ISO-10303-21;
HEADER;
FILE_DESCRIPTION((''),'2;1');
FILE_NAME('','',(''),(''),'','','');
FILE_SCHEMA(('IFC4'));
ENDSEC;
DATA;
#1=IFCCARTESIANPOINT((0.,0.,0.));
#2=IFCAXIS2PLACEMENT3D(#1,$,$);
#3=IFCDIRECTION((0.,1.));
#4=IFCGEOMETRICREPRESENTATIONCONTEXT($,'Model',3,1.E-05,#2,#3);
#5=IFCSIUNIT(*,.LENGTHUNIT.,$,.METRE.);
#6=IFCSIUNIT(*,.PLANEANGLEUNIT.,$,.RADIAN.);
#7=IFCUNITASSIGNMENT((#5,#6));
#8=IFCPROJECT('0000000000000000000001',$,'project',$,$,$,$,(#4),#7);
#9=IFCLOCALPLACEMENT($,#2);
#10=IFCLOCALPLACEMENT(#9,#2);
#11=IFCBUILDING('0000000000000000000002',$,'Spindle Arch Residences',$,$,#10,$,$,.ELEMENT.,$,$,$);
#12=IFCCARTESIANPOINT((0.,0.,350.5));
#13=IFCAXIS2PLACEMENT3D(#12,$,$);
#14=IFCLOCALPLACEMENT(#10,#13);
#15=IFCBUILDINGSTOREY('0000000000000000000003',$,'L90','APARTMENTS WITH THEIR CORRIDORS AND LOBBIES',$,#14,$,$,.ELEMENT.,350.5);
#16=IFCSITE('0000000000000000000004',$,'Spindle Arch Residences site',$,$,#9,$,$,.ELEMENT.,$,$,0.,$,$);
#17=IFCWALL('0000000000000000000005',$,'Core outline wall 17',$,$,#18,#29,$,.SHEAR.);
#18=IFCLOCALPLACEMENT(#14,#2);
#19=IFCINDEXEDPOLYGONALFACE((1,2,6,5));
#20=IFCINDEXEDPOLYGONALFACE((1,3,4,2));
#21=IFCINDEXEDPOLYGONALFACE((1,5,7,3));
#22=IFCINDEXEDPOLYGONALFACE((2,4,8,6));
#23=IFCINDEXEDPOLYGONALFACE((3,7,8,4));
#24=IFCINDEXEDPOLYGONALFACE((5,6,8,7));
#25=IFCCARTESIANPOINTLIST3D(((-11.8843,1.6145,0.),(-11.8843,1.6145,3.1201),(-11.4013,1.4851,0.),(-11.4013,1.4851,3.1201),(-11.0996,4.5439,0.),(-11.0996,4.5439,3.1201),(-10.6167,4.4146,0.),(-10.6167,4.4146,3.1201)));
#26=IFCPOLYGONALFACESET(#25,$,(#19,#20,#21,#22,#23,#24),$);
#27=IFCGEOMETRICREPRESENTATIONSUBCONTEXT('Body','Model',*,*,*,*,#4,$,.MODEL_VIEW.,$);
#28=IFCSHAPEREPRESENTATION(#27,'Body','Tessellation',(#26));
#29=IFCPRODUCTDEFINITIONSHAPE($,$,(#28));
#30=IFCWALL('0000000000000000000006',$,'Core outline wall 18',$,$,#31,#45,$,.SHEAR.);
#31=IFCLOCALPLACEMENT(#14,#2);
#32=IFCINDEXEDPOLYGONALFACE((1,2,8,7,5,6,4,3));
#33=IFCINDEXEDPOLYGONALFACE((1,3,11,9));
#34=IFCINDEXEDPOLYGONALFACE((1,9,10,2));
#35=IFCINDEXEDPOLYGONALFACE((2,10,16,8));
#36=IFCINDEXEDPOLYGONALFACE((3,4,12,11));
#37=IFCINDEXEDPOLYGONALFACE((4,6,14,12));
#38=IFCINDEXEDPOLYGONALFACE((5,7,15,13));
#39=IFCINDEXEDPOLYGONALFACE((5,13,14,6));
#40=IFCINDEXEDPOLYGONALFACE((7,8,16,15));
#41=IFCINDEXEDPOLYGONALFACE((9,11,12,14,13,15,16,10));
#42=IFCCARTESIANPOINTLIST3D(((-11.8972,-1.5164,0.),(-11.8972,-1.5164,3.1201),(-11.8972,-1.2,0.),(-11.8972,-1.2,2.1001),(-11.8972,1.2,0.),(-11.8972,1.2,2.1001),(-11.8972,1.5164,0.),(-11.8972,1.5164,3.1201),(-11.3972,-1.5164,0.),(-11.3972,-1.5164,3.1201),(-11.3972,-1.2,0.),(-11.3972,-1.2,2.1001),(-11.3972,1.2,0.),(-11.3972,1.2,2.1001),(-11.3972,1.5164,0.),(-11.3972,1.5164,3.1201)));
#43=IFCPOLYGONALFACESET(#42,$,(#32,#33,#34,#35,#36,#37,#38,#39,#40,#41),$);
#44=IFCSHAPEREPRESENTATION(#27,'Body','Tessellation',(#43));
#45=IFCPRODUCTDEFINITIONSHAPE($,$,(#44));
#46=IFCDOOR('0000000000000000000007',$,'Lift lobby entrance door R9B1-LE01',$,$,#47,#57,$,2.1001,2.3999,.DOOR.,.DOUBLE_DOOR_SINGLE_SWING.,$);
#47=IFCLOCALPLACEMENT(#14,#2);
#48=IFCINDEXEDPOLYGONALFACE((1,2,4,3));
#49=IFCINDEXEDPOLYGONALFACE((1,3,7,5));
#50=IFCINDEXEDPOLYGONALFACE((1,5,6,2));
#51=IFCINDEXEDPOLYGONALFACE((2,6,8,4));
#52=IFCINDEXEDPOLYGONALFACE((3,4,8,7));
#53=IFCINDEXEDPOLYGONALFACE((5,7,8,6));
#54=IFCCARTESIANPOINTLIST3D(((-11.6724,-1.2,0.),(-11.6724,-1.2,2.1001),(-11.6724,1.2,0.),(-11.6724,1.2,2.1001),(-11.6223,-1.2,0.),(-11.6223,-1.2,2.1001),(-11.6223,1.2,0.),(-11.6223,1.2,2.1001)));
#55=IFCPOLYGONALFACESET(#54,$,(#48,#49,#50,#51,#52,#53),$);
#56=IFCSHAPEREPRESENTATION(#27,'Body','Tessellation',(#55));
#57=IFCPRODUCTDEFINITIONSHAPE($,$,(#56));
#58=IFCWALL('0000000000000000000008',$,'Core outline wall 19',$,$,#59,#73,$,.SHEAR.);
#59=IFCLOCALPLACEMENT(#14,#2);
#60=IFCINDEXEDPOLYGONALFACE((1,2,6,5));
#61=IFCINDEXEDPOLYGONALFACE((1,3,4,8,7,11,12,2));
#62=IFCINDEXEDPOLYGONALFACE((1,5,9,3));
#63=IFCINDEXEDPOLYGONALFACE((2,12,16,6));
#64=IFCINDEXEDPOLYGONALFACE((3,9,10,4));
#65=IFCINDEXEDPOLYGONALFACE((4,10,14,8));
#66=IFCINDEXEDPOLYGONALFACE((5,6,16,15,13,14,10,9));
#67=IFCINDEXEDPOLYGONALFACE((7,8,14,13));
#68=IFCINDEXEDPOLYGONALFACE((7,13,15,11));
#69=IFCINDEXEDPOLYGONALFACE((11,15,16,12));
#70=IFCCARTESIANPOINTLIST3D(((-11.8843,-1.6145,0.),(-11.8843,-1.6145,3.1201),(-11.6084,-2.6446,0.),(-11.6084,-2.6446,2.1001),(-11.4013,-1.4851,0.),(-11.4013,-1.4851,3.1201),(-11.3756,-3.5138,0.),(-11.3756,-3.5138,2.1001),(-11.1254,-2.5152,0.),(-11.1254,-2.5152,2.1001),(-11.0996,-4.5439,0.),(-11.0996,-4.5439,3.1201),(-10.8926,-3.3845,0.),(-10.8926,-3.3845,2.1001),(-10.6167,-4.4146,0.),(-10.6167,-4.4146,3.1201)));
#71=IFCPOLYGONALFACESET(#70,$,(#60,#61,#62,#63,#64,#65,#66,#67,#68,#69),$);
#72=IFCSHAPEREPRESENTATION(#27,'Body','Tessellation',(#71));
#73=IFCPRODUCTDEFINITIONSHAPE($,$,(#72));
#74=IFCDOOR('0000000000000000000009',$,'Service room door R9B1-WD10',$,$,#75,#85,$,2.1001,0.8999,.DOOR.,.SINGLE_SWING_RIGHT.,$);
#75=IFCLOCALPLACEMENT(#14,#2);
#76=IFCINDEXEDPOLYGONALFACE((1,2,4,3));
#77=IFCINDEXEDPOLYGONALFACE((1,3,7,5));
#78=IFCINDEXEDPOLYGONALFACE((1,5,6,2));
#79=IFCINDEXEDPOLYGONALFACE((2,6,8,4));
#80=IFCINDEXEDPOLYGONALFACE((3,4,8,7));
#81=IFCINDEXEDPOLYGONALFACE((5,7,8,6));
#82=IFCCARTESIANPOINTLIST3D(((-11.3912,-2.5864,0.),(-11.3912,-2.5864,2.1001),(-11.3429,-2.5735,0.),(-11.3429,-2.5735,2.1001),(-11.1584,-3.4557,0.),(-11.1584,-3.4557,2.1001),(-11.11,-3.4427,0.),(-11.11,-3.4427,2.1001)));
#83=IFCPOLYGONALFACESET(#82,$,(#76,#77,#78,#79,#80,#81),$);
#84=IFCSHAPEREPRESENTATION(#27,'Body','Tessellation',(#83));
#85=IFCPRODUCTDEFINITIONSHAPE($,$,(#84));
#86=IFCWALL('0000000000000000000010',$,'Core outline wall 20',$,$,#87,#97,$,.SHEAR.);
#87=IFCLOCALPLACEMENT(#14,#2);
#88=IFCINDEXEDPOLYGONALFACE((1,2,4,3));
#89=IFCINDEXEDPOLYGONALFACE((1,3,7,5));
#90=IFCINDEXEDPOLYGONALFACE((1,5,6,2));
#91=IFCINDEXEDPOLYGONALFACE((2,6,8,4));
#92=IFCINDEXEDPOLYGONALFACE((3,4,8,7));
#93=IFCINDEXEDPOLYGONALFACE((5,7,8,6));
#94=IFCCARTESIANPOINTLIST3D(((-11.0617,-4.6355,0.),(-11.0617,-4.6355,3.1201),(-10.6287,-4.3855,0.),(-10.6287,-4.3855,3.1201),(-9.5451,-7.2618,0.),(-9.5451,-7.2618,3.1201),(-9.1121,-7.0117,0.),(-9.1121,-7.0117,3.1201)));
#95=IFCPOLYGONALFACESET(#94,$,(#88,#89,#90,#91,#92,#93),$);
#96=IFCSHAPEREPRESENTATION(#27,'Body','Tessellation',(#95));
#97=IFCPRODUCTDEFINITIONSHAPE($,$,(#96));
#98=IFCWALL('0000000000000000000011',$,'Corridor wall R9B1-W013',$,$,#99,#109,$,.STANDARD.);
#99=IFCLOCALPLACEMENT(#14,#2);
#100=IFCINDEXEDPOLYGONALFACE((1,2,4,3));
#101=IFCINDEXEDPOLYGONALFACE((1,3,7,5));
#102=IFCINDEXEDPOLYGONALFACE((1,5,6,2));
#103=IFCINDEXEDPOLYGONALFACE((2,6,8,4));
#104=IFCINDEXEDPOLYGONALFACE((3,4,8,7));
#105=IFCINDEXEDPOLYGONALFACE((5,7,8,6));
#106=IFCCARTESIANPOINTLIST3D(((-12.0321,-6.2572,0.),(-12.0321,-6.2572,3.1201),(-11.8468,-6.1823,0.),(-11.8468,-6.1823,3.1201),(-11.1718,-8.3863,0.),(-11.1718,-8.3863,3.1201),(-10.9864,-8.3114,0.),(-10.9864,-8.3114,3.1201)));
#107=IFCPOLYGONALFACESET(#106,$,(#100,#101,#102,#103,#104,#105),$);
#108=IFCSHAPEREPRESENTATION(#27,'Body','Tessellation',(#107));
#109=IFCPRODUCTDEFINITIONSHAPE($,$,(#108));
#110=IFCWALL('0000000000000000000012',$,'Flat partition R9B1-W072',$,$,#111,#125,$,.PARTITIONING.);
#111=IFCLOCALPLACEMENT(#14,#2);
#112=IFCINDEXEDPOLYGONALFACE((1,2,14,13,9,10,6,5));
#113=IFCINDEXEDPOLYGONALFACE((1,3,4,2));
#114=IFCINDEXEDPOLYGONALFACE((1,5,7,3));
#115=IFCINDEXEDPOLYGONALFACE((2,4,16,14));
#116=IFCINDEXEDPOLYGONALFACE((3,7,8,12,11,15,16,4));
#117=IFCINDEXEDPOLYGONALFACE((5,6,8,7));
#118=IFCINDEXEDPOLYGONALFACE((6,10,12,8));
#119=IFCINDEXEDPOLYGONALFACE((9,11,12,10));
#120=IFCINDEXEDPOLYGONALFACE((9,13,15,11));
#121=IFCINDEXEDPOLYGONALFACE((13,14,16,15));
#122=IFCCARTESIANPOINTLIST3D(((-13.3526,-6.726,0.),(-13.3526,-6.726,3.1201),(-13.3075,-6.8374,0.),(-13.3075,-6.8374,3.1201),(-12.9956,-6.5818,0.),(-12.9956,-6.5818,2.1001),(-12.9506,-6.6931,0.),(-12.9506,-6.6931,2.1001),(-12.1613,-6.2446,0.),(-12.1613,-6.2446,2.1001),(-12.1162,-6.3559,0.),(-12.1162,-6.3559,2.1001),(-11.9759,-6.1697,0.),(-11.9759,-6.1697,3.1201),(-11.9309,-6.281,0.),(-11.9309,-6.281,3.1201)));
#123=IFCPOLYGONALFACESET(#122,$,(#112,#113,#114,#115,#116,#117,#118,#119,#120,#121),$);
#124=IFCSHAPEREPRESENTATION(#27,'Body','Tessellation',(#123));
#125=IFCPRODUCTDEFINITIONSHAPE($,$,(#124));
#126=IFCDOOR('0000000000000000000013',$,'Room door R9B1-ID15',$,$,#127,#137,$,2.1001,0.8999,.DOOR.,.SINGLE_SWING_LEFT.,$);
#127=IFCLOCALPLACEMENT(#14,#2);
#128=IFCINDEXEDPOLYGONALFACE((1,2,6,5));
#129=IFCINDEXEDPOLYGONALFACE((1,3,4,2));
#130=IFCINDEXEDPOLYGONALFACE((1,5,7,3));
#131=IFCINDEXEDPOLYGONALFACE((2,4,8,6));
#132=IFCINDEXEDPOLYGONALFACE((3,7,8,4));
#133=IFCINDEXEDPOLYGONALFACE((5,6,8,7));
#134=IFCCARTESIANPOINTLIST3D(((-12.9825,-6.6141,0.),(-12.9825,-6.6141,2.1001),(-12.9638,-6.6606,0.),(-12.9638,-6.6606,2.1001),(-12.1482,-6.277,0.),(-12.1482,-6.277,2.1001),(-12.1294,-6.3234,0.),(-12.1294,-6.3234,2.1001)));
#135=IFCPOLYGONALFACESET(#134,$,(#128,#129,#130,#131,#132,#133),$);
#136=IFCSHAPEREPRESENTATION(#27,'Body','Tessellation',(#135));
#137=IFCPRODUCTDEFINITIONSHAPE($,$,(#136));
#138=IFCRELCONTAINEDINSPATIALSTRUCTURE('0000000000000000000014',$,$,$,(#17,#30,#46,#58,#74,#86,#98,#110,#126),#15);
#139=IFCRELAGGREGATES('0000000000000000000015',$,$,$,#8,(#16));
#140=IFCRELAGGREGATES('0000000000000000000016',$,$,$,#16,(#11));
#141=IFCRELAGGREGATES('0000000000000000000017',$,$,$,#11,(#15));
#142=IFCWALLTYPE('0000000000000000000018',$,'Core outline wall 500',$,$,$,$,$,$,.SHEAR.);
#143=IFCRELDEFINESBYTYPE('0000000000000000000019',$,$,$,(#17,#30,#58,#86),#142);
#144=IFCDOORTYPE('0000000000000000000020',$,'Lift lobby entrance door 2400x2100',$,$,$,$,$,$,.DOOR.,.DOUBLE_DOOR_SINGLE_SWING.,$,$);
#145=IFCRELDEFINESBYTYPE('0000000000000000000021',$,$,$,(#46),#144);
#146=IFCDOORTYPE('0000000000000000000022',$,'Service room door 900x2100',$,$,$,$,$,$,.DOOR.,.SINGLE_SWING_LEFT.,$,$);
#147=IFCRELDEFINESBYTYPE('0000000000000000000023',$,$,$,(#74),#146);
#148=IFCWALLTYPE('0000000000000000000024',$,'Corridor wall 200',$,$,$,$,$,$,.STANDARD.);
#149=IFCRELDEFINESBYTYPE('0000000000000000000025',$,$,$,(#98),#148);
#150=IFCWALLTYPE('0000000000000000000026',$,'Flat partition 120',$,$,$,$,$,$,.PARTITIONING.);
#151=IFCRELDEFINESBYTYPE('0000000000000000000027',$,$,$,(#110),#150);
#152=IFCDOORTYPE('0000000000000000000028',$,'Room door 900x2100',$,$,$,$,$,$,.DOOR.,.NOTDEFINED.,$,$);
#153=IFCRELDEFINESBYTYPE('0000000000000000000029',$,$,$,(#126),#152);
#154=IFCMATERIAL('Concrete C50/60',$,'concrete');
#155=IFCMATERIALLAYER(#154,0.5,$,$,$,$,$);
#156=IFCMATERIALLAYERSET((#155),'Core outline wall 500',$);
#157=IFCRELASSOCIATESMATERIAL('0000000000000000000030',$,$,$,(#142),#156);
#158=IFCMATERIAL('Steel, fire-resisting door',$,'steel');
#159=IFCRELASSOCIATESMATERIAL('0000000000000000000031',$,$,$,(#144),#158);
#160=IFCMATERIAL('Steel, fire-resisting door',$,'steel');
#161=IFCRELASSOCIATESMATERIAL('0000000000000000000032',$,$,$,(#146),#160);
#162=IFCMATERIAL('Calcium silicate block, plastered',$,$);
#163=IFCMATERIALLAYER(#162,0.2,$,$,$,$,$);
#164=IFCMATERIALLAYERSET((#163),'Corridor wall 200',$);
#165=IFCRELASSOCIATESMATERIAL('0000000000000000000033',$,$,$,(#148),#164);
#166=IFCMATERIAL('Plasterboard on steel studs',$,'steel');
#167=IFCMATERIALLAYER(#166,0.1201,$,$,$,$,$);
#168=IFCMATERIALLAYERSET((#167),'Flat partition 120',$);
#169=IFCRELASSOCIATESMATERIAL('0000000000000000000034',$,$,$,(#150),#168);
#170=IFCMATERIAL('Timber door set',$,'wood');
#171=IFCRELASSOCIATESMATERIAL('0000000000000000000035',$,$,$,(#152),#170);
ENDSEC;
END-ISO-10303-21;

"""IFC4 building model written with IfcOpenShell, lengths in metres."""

from ifc_helpers import new_model, si_unit, direction, frame, frame_2d, origin, place, context, subcontext, project, spatial, rectangle, extrude, material, layer, layer_set, type_object, element, fill, save


model = new_model("IFC4")

# Units and contexts
model_context = context("Model", 3, precision=1e-05, world=origin(), true_north=direction((0.0, 1.0)))
body_context = subcontext(model_context, "Body", "Model", "MODEL_VIEW")
ifc_project = project(units=[si_unit("LENGTHUNIT", "METRE"), si_unit("PLANEANGLEUNIT", "RADIAN")], contexts=[model_context])

# Site, building, storey
site_placement = place(None, origin())
site = spatial("IfcSite", under=ifc_project, at=site_placement, Name="Spindle Arch Residences site", CompositionType="ELEMENT", RefElevation=0.0)
building_placement = place(site_placement, origin())
building = spatial("IfcBuilding", under=site, at=building_placement, Name="Spindle Arch Residences", CompositionType="ELEMENT")
storey_placement = place(building_placement, frame((0.0, 0.0, 350.5)))
storey = spatial("IfcBuildingStorey", under=building, at=storey_placement, Name="L90", Description="APARTMENTS WITH THEIR CORRIDORS AND LOBBIES", CompositionType="ELEMENT", Elevation=350.5)

# Wall
ifc_material_1 = material(Name="Concrete C50/60", Category="concrete")
ifc_layer_1 = layer(ifc_material_1, 0.5)
ifc_layer_set_1 = layer_set([ifc_layer_1], Name="Core outline wall 500")
wall_type_1 = type_object("IfcWallType", Name="Core outline wall 500", PredefinedType="SHEAR", material=ifc_layer_set_1)
wall_1_placement = place(storey_placement, frame((-10.8582, 4.4792, 0.0), z_axis=(0.0, 0.0, 1.0), x_axis=(-0.258735, -0.965948, 0.0)))
element("IfcWall", 1, at=wall_1_placement, inside=storey, type_object=wall_type_1, Name="Core outline wall 17", PredefinedType="SHEAR", context=body_context, shape_type="SweptSolid", body=[
    extrude(rectangle(XDim=3.0327, YDim=0.5, at=frame_2d((1.5164, 0.0))), origin(), (0.0, 0.0, 1.0), 3.1201),
])

# Walls, openings, doors
wall_2_placement = place(storey_placement, frame((-11.6472, 1.5164, 0.0), z_axis=(0.0, 0.0, 1.0), x_axis=(0.0, -1.0, 0.0)))
wall_2 = element("IfcWall", 2, at=wall_2_placement, inside=storey, type_object=wall_type_1, Name="Core outline wall 18", PredefinedType="SHEAR", context=body_context, shape_type="SweptSolid", body=[
    extrude(rectangle(XDim=3.0327, YDim=0.5, at=frame_2d((1.5164, 0.0))), origin(), (0.0, 0.0, 1.0), 3.1201),
])
opening_1_placement = place(wall_2_placement, frame((0.3164, 0.0, 0.0)))
opening_1 = element("IfcOpeningElement", 3, at=opening_1_placement, cuts=wall_2, PredefinedType="OPENING", context=body_context, shape_type="SweptSolid", body=[
    extrude(rectangle(XDim=2.3999, YDim=2.1001, at=frame_2d((1.2, 1.05))), frame((0.0, 0.26, 0.0), z_axis=(0.0, -1.0, 0.0), x_axis=(1.0, 0.0, 0.0)), (0.0, 0.0, 1.0), 0.52),
])
ifc_material_2 = material(Name="Steel, fire-resisting door", Category="steel")
door_type_1 = type_object("IfcDoorType", Name="Lift lobby entrance door 2400x2100", OperationType="DOUBLE_DOOR_SINGLE_SWING", PredefinedType="DOOR", material=ifc_material_2)
door_1_placement = place(opening_1_placement, origin())
door_1 = element("IfcDoor", 4, at=door_1_placement, inside=storey, type_object=door_type_1, Name="Lift lobby entrance door R9B1-LE01", OperationType="DOUBLE_DOOR_SINGLE_SWING", OverallHeight=2.1001, OverallWidth=2.3999, PredefinedType="DOOR", context=body_context, shape_type="SweptSolid", body=[
    extrude(rectangle(XDim=2.3999, YDim=2.1001, at=frame_2d((1.2, 1.05))), frame((0.0, 0.0249, 0.0), z_axis=(0.0, -1.0, 0.0), x_axis=(1.0, 0.0, 0.0)), (0.0, 0.0, 1.0), 0.05),
])
fill(opening_1, door_1)
wall_3_placement = place(storey_placement, frame((-11.6428, -1.5498, 0.0), z_axis=(0.0, 0.0, 1.0), x_axis=(0.258735, -0.965948, 0.0)))
wall_3 = element("IfcWall", 5, at=wall_3_placement, inside=storey, type_object=wall_type_1, Name="Core outline wall 19", PredefinedType="SHEAR", context=body_context, shape_type="SweptSolid", body=[
    extrude(rectangle(XDim=3.0327, YDim=0.5, at=frame_2d((1.5164, 0.0))), origin(), (0.0, 0.0, 1.0), 3.1201),
])
opening_2_placement = place(wall_3_placement, frame((1.0664, 0.0, 0.0)))
opening_2 = element("IfcOpeningElement", 6, at=opening_2_placement, cuts=wall_3, PredefinedType="OPENING", context=body_context, shape_type="SweptSolid", body=[
    extrude(rectangle(XDim=0.8999, YDim=2.1001, at=frame_2d((0.45, 1.05))), frame((0.0, 0.26, 0.0), z_axis=(0.0, -1.0, 0.0), x_axis=(1.0, 0.0, 0.0)), (0.0, 0.0, 1.0), 0.52),
])
ifc_material_3 = material(Name="Steel, fire-resisting door", Category="steel")
door_type_2 = type_object("IfcDoorType", Name="Service room door 900x2100", OperationType="SINGLE_SWING_LEFT", PredefinedType="DOOR", material=ifc_material_3)
door_2_placement = place(opening_2_placement, origin())
door_2 = element("IfcDoor", 7, at=door_2_placement, inside=storey, type_object=door_type_2, Name="Service room door R9B1-WD10", OperationType="SINGLE_SWING_RIGHT", OverallHeight=2.1001, OverallWidth=0.8999, PredefinedType="DOOR", context=body_context, shape_type="SweptSolid", body=[
    extrude(rectangle(XDim=0.8999, YDim=2.1001, at=frame_2d((0.45, 1.05))), frame((0.0, 0.0249, 0.0), z_axis=(0.0, -1.0, 0.0), x_axis=(1.0, 0.0, 0.0)), (0.0, 0.0, 1.0), 0.05),
])
fill(opening_2, door_2)

# Walls
wall_4_placement = place(storey_placement, frame((-10.8452, -4.5105, 0.0), z_axis=(0.0, 0.0, 1.0), x_axis=(0.500087, -0.865975, 0.0)))
element("IfcWall", 8, at=wall_4_placement, inside=storey, type_object=wall_type_1, Name="Core outline wall 20", PredefinedType="SHEAR", context=body_context, shape_type="SweptSolid", body=[
    extrude(rectangle(XDim=3.0327, YDim=0.5, at=frame_2d((1.5164, 0.0))), origin(), (0.0, 0.0, 1.0), 3.1201),
])
ifc_material_4 = material(Name="Calcium silicate block, plastered")
ifc_layer_2 = layer(ifc_material_4, 0.2)
ifc_layer_set_2 = layer_set([ifc_layer_2], Name="Corridor wall 200")
wall_type_2 = type_object("IfcWallType", Name="Corridor wall 200", PredefinedType="STANDARD", material=ifc_layer_set_2)
wall_5_placement = place(storey_placement, frame((-11.9395, -6.2197, 0.0), z_axis=(0.0, 0.0, 1.0), x_axis=(0.374651, -0.927166, 0.0)))
element("IfcWall", 9, at=wall_5_placement, inside=storey, type_object=wall_type_2, Name="Corridor wall R9B1-W013", PredefinedType="STANDARD", context=body_context, shape_type="SweptSolid", body=[
    extrude(rectangle(XDim=2.2964, YDim=0.2, at=frame_2d((1.1482, 0.0))), origin(), (0.0, 0.0, 1.0), 3.1201),
])

# Wall, opening, door
ifc_material_5 = material(Name="Plasterboard on steel studs", Category="steel")
ifc_layer_3 = layer(ifc_material_5, 0.1201)
ifc_layer_set_3 = layer_set([ifc_layer_3], Name="Flat partition 120")
wall_type_3 = type_object("IfcWallType", Name="Flat partition 120", PredefinedType="PARTITIONING", material=ifc_layer_set_3)
wall_6_placement = place(storey_placement, frame((-11.9534, -6.2253, 0.0), z_axis=(0.0, 0.0, 1.0), x_axis=(-0.927144, -0.374705, 0.0)))
wall_6 = element("IfcWall", 10, at=wall_6_placement, inside=storey, type_object=wall_type_3, Name="Flat partition R9B1-W072", PredefinedType="PARTITIONING", context=body_context, shape_type="SweptSolid", body=[
    extrude(rectangle(XDim=1.4849, YDim=0.1201, at=frame_2d((0.7424, 0.0))), origin(), (0.0, 0.0, 1.0), 3.1201),
])
opening_3_placement = place(wall_6_placement, frame((0.2, 0.0, 0.0)))
opening_3 = element("IfcOpeningElement", 11, at=opening_3_placement, cuts=wall_6, PredefinedType="OPENING", context=body_context, shape_type="SweptSolid", body=[
    extrude(rectangle(XDim=0.8999, YDim=2.1001, at=frame_2d((0.45, 1.05))), frame((0.0, 0.0701, 0.0), z_axis=(0.0, -1.0, 0.0), x_axis=(1.0, 0.0, 0.0)), (0.0, 0.0, 1.0), 0.1401),
])
ifc_material_6 = material(Name="Timber door set", Category="wood")
door_type_3 = type_object("IfcDoorType", Name="Room door 900x2100", OperationType="NOTDEFINED", PredefinedType="DOOR", material=ifc_material_6)
door_3_placement = place(opening_3_placement, origin())
door_3 = element("IfcDoor", 12, at=door_3_placement, inside=storey, type_object=door_type_3, Name="Room door R9B1-ID15", OperationType="SINGLE_SWING_LEFT", OverallHeight=2.1001, OverallWidth=0.8999, PredefinedType="DOOR", context=body_context, shape_type="SweptSolid", body=[
    extrude(rectangle(XDim=0.8999, YDim=2.1001, at=frame_2d((0.45, 1.05))), frame((0.0, 0.0249, 0.0), z_axis=(0.0, -1.0, 0.0), x_axis=(1.0, 0.0, 0.0)), (0.0, 0.0, 1.0), 0.05),
])
fill(opening_3, door_3)

save(model, "model.ifc")
